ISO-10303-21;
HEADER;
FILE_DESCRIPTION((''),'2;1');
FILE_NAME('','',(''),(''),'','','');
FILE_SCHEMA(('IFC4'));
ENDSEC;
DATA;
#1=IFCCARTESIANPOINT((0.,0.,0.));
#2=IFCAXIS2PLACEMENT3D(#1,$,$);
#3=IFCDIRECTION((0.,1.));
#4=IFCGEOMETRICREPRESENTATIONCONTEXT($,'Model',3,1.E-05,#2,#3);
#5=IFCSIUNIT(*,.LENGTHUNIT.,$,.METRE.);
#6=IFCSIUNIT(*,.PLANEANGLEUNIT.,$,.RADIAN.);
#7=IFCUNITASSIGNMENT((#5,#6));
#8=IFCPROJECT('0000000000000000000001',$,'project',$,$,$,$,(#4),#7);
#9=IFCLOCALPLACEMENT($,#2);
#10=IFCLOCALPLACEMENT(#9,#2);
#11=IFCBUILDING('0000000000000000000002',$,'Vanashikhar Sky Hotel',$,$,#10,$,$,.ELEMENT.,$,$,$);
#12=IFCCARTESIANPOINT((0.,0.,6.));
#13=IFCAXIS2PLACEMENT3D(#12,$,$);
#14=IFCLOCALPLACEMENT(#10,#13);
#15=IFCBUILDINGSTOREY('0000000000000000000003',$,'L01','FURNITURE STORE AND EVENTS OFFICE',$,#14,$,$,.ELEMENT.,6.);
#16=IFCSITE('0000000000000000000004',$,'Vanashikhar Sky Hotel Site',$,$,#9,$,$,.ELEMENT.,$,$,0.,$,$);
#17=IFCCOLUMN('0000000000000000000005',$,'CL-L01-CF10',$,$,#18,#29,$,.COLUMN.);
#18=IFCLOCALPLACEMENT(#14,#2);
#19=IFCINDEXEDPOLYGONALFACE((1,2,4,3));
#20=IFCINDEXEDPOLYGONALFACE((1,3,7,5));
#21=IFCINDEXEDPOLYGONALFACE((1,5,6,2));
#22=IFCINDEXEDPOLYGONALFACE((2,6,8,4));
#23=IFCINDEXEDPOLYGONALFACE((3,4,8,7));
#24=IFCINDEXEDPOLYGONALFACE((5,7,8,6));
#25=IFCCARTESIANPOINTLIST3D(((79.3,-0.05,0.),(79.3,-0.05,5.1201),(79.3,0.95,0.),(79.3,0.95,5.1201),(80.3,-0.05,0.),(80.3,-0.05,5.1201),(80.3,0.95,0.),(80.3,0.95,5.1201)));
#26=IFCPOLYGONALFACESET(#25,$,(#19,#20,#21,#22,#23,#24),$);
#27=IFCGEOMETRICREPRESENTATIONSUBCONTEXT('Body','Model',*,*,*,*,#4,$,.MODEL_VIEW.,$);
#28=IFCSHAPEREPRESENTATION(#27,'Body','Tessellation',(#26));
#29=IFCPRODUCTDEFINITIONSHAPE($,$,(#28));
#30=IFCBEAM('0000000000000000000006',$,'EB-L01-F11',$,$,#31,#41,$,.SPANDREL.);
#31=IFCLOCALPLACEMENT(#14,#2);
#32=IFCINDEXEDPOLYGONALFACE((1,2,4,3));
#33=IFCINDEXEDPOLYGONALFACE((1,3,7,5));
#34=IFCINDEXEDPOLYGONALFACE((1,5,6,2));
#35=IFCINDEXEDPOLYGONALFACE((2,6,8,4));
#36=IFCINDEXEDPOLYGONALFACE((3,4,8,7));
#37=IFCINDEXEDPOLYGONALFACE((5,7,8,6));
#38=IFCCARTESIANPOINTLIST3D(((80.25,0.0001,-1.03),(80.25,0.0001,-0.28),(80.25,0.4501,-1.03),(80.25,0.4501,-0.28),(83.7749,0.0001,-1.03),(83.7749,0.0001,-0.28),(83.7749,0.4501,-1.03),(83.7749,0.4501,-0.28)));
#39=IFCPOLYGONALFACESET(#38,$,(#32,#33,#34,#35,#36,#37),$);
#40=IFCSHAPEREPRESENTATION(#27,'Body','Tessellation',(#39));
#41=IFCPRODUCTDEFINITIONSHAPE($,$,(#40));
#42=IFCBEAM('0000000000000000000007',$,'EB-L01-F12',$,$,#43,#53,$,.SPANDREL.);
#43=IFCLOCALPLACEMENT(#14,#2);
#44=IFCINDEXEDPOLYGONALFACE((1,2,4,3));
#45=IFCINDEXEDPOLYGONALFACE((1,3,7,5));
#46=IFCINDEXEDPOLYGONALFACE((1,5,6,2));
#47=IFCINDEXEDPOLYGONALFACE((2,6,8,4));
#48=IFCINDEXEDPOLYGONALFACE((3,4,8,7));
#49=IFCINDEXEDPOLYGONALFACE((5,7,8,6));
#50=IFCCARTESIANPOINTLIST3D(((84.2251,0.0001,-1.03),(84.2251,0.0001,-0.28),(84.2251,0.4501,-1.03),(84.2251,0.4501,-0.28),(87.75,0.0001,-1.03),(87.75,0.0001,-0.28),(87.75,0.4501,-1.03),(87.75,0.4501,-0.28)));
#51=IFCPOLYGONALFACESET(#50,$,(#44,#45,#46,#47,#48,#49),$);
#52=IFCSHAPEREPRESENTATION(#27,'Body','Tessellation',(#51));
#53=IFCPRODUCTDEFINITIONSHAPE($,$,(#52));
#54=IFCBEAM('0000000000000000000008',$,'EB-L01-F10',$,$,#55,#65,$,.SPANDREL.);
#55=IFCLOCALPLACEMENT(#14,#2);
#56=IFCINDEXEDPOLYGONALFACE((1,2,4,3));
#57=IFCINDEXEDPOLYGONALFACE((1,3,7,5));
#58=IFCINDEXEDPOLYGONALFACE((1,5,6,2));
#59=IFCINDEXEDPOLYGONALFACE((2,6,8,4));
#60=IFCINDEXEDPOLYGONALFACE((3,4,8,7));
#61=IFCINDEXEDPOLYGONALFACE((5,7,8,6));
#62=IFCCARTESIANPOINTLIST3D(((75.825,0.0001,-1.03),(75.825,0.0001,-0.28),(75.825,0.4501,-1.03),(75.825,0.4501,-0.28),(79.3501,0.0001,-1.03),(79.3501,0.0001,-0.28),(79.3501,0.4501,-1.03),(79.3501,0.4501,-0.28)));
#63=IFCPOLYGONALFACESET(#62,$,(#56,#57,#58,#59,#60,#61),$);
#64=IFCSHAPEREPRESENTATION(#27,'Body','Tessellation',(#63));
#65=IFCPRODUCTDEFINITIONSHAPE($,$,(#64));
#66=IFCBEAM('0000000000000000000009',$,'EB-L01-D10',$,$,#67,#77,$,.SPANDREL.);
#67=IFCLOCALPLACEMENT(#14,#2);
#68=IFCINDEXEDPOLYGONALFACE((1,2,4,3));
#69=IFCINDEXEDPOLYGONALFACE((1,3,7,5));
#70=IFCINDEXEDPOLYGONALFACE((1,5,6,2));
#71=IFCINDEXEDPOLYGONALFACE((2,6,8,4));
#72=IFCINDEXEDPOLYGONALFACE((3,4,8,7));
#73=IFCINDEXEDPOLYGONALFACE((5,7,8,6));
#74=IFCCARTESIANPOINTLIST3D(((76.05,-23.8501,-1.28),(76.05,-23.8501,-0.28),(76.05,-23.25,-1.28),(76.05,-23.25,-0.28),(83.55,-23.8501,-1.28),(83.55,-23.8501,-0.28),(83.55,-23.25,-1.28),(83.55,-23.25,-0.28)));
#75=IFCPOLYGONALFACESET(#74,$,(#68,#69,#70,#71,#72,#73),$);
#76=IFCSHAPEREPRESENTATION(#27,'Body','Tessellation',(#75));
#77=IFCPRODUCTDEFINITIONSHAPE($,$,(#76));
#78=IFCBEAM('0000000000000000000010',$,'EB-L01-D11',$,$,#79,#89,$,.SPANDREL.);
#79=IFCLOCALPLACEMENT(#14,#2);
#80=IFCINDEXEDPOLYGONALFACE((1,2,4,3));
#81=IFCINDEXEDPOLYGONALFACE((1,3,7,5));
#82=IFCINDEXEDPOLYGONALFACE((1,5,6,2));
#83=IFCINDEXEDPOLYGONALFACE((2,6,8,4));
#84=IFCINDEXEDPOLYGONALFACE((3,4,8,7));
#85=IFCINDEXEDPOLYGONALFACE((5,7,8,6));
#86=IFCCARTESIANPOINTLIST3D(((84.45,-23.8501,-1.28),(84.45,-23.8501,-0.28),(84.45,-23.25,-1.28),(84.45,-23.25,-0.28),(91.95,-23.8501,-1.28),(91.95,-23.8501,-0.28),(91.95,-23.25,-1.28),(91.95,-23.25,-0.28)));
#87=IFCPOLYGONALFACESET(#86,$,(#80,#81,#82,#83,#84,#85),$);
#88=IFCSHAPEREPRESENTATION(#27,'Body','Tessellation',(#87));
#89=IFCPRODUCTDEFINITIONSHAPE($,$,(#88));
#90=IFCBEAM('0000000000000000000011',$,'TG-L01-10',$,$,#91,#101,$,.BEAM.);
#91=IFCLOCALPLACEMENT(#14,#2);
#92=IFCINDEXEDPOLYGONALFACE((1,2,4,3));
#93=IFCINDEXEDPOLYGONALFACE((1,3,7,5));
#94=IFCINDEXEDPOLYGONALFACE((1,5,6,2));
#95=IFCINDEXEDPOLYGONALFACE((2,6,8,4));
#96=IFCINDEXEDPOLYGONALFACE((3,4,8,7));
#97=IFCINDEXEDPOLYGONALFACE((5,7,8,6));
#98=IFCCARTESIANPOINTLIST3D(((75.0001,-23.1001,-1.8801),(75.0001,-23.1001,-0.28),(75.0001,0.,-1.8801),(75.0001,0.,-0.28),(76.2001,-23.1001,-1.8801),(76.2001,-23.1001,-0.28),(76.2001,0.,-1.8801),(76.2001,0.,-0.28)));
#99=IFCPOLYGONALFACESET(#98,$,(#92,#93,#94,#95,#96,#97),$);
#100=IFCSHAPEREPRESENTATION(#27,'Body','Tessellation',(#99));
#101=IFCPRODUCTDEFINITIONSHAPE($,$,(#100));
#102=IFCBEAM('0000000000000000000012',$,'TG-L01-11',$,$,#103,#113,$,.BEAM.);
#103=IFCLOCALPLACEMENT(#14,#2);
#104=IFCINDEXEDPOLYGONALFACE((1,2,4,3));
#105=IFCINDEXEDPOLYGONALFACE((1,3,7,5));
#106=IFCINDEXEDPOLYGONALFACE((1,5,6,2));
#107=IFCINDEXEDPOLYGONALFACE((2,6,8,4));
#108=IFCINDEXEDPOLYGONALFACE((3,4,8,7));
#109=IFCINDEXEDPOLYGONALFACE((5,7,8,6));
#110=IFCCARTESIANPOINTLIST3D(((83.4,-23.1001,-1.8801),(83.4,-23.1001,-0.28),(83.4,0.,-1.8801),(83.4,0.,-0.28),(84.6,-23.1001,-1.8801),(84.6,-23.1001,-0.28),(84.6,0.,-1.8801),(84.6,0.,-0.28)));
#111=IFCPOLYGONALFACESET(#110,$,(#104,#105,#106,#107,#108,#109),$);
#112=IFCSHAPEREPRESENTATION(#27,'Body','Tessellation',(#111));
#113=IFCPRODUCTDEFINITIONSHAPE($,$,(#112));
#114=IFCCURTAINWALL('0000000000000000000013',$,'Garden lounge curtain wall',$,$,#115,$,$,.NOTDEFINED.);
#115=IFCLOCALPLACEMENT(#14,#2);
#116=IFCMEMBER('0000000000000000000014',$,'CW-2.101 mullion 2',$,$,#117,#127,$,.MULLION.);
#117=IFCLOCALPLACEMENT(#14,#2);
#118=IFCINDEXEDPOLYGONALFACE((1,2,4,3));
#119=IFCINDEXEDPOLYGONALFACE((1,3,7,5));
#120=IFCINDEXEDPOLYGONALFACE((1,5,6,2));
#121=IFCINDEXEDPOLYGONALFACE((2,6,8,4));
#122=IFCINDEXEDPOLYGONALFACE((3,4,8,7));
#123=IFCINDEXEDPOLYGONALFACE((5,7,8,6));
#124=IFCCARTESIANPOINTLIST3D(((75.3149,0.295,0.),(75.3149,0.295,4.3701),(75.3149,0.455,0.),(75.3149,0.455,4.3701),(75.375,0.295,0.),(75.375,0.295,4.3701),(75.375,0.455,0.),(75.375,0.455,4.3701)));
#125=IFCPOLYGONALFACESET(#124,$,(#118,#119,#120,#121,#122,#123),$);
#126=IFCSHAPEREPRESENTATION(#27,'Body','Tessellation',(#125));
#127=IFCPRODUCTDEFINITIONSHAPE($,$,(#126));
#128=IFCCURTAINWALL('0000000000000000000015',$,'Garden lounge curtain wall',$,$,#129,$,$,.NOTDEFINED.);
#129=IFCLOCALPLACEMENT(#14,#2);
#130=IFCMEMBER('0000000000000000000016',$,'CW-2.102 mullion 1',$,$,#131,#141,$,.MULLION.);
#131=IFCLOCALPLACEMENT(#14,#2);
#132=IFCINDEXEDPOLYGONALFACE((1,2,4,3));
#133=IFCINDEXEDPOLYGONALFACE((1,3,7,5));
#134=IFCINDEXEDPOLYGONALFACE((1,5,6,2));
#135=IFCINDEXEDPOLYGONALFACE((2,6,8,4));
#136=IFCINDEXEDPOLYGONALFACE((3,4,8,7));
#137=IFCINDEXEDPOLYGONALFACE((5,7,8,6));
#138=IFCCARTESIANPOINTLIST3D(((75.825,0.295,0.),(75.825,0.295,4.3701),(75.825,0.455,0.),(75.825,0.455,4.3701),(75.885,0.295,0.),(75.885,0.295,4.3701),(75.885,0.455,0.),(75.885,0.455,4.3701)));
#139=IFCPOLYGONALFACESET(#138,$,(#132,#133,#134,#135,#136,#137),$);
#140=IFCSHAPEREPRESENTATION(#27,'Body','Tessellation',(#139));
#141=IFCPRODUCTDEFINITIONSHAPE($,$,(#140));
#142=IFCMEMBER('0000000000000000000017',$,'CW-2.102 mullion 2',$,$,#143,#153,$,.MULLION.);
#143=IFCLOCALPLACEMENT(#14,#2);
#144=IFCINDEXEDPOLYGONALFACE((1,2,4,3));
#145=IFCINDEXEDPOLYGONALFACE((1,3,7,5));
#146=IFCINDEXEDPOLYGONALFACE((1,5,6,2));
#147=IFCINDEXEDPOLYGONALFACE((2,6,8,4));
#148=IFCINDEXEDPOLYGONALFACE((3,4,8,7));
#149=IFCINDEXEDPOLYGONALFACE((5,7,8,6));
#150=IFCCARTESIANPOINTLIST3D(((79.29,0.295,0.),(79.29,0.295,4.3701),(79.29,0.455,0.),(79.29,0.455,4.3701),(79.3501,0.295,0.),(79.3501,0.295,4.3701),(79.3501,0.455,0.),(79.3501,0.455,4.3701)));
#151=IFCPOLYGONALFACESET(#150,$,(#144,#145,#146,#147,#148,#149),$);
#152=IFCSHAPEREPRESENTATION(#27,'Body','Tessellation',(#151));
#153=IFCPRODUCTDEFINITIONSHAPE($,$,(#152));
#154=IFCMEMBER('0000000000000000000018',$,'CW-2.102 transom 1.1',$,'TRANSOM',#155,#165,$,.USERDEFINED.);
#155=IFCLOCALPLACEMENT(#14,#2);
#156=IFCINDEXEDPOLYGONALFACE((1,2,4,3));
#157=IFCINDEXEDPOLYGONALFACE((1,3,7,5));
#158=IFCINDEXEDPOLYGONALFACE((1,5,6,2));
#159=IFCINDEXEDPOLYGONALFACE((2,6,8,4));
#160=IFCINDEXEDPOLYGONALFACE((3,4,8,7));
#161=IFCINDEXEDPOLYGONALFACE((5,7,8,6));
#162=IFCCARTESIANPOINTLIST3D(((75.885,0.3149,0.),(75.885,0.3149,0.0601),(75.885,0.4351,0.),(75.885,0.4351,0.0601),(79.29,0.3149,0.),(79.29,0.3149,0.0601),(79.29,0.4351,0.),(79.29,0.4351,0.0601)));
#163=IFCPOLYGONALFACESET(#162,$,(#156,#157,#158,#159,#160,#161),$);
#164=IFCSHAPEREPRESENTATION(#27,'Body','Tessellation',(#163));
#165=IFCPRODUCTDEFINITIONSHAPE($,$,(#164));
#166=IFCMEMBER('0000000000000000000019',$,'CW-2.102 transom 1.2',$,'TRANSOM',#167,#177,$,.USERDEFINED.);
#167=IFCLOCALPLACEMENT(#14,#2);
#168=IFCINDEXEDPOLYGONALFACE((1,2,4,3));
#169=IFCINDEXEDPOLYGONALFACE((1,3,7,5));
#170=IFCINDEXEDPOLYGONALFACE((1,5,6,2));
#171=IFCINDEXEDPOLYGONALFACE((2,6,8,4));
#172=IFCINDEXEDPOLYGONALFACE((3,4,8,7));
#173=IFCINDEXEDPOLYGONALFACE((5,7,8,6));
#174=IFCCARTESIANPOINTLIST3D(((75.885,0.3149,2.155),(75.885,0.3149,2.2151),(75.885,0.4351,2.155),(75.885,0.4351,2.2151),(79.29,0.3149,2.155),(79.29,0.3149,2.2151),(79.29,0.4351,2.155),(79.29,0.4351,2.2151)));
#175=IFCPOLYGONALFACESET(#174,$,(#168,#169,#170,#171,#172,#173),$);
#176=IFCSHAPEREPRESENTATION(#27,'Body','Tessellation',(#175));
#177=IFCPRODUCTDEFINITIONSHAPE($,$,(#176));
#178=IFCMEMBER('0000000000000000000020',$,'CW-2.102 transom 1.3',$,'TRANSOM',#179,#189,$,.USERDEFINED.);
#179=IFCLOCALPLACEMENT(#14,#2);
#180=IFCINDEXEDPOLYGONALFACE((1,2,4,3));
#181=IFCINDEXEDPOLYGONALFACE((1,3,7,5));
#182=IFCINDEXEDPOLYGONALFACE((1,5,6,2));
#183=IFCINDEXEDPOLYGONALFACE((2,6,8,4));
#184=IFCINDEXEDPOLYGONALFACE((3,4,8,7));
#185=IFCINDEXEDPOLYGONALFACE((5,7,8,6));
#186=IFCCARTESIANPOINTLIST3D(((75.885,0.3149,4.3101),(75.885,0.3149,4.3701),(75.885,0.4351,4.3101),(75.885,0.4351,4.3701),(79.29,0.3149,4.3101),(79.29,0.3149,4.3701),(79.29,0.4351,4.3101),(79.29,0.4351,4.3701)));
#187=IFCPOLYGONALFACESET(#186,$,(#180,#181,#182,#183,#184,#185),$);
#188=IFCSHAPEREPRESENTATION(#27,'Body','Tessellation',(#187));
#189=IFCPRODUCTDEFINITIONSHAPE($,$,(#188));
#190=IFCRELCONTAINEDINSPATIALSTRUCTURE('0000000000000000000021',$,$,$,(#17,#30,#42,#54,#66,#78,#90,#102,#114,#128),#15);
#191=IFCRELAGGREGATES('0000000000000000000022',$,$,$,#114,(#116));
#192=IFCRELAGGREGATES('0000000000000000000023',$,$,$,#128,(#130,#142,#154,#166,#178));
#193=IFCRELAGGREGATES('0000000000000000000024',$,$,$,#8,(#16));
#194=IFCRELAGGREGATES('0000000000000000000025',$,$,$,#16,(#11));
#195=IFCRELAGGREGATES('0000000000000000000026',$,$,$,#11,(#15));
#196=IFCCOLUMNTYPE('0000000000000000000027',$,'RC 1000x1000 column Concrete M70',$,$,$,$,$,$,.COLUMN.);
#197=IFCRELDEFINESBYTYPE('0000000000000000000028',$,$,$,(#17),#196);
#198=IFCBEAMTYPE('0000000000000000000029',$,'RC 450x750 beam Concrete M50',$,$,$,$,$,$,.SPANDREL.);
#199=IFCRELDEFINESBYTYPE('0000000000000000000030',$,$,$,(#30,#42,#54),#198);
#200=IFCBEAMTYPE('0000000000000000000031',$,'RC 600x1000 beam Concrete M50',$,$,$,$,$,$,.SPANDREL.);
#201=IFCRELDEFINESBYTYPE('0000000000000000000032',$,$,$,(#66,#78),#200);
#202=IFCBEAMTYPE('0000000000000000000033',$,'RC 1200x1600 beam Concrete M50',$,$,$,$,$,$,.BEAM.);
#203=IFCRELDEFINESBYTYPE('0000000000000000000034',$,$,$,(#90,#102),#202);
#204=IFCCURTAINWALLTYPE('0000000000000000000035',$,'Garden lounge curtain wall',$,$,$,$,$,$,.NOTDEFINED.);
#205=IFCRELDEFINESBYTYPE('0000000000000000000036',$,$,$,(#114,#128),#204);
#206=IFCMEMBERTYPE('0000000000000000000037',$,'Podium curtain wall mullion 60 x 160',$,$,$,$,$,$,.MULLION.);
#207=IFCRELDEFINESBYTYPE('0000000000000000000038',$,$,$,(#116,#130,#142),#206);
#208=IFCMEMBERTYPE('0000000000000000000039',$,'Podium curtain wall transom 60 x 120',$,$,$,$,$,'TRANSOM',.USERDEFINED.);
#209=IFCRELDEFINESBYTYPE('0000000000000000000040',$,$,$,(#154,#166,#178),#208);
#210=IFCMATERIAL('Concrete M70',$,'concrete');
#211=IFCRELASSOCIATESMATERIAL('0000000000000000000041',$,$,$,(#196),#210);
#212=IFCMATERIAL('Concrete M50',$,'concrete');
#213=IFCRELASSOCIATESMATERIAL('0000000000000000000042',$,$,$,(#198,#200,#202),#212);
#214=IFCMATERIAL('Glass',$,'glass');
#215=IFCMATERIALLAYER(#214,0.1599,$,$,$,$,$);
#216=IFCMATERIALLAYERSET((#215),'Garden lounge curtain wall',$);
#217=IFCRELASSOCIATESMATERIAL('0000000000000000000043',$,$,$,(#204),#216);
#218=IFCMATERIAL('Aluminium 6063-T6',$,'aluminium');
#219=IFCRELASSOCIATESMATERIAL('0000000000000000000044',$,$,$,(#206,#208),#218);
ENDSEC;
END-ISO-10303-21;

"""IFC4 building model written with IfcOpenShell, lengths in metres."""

from ifc_helpers import new_model, si_unit, direction, frame, origin, origin_2d, place, context, subcontext, project, spatial, rectangle, extrude, source, transform, mapped, material, layer, layer_set, material_profile, profile_set, type_object, element, aggregate, save


model = new_model("IFC4")

# Units and contexts
model_context = context("Model", 3, precision=1e-05, world=origin(), true_north=direction((0.0, 1.0)))
body_context = subcontext(model_context, "Body", "Model", "MODEL_VIEW")
ifc_project = project(units=[si_unit("LENGTHUNIT", "METRE"), si_unit("PLANEANGLEUNIT", "RADIAN")], contexts=[model_context])

# Site, building, storey
site_placement = place(None, origin())
site = spatial("IfcSite", under=ifc_project, at=site_placement, Name="Vanashikhar Sky Hotel Site", CompositionType="ELEMENT", RefElevation=0.0)
building_placement = place(site_placement, origin())
building = spatial("IfcBuilding", under=site, at=building_placement, Name="Vanashikhar Sky Hotel", CompositionType="ELEMENT")
storey_placement = place(building_placement, frame((0.0, 0.0, 6.0)))
storey = spatial("IfcBuildingStorey", under=building, at=storey_placement, Name="L01", Description="FURNITURE STORE AND EVENTS OFFICE", CompositionType="ELEMENT", Elevation=6.0)

# Column
ifc_material_1 = material(Name="Concrete M70", Category="concrete")
ifc_material_profile_1 = material_profile(ifc_material_1, rectangle(XDim=1.0, YDim=1.0, at=origin_2d()))
ifc_profile_set_1 = profile_set([ifc_material_profile_1], Name="RC 1000x1000 column Concrete M70")
column_type = type_object("IfcColumnType", Name="RC 1000x1000 column Concrete M70", PredefinedType="COLUMN", material=ifc_profile_set_1)
shared_shape_1 = source(origin(), body_context, "Body", "SweptSolid", [
    extrude(rectangle(XDim=1.0, YDim=1.0, at=origin_2d()), origin(), (0.0, 0.0, 1.0), 5.1201),
])
column_placement = place(storey_placement, frame((79.8, 0.45, 0.0), z_axis=(0.0, 0.0, 1.0), x_axis=(1.0, 0.0, 0.0)))
element("IfcColumn", 1, at=column_placement, inside=storey, type_object=column_type, Name="CL-L01-CF10", PredefinedType="COLUMN", context=body_context, shape_type="MappedRepresentation", body=[
    mapped(shared_shape_1, transform((0.0, 0.0, 0.0), scale=1.0)),
])

# Beams
ifc_material_2 = material(Name="Concrete M50", Category="concrete")
ifc_material_profile_2 = material_profile(ifc_material_2, rectangle(XDim=0.45, YDim=0.75, at=origin_2d()))
ifc_profile_set_2 = profile_set([ifc_material_profile_2], Name="RC 450x750 beam Concrete M50")
beam_type_1 = type_object("IfcBeamType", Name="RC 450x750 beam Concrete M50", PredefinedType="SPANDREL", material=ifc_profile_set_2)
shared_shape_2 = source(origin(), body_context, "Body", "SweptSolid", [
    extrude(rectangle(XDim=0.45, YDim=0.75, at=origin_2d()), origin(), (0.0, 0.0, 1.0), 3.5249),
])
for number, where, z_axis, x_axis, name in (
    (2, (80.25, 0.2251, -0.655), (1.0, 0.0, 0.0), (0.0, 1.0, 0.0), "EB-L01-F11"),
    (3, (84.2251, 0.2251, -0.655), (1.0, 0.0, 0.0), (0.0, 1.0, 0.0), "EB-L01-F12"),
):
    element("IfcBeam", number, at=place(storey_placement, frame(where, z_axis=z_axis, x_axis=x_axis)), inside=storey, type_object=beam_type_1, Name=name, PredefinedType="SPANDREL", context=body_context, shape_type="MappedRepresentation", body=[
        mapped(shared_shape_2, transform((0.0, 0.0, 0.0), scale=1.0)),
    ])
shared_shape_3 = source(origin(), body_context, "Body", "SweptSolid", [
    extrude(rectangle(XDim=0.45, YDim=0.75, at=origin_2d()), origin(), (0.0, 0.0, 1.0), 3.5251),
])
beam_placement = place(storey_placement, frame((75.825, 0.2251, -0.655), z_axis=(1.0, 0.0, 0.0), x_axis=(0.0, 1.0, 0.0)))
element("IfcBeam", 4, at=beam_placement, inside=storey, type_object=beam_type_1, Name="EB-L01-F10", PredefinedType="SPANDREL", context=body_context, shape_type="MappedRepresentation", body=[
    mapped(shared_shape_3, transform((0.0, 0.0, 0.0), scale=1.0)),
])
ifc_material_profile_3 = material_profile(ifc_material_2, rectangle(XDim=0.6001, YDim=1.0, at=origin_2d()))
ifc_profile_set_3 = profile_set([ifc_material_profile_3], Name="RC 600x1000 beam Concrete M50")
beam_type_2 = type_object("IfcBeamType", Name="RC 600x1000 beam Concrete M50", PredefinedType="SPANDREL", material=ifc_profile_set_3)
shared_shape_4 = source(origin(), body_context, "Body", "SweptSolid", [
    extrude(rectangle(XDim=0.6001, YDim=1.0, at=origin_2d()), origin(), (0.0, 0.0, 1.0), 7.5),
])
for number, where, z_axis, x_axis, name in (
    (5, (76.05, -23.55, -0.78), (1.0, 0.0, 0.0), (0.0, 1.0, 0.0), "EB-L01-D10"),
    (6, (84.45, -23.55, -0.78), (1.0, 0.0, 0.0), (0.0, 1.0, 0.0), "EB-L01-D11"),
):
    element("IfcBeam", number, at=place(storey_placement, frame(where, z_axis=z_axis, x_axis=x_axis)), inside=storey, type_object=beam_type_2, Name=name, PredefinedType="SPANDREL", context=body_context, shape_type="MappedRepresentation", body=[
        mapped(shared_shape_4, transform((0.0, 0.0, 0.0), scale=1.0)),
    ])
ifc_material_profile_4 = material_profile(ifc_material_2, rectangle(XDim=1.2, YDim=1.6001, at=origin_2d()))
ifc_profile_set_4 = profile_set([ifc_material_profile_4], Name="RC 1200x1600 beam Concrete M50")
beam_type_3 = type_object("IfcBeamType", Name="RC 1200x1600 beam Concrete M50", PredefinedType="BEAM", material=ifc_profile_set_4)
shared_shape_5 = source(origin(), body_context, "Body", "SweptSolid", [
    extrude(rectangle(XDim=1.2, YDim=1.6001, at=origin_2d()), origin(), (0.0, 0.0, 1.0), 23.1001),
])
for number, where, z_axis, x_axis, name in (
    (7, (75.6001, -23.1001, -1.0801), (0.0, 1.0, 0.0), (-1.0, 0.0, 0.0), "TG-L01-10"),
    (8, (84.0, -23.1001, -1.0801), (0.0, 1.0, 0.0), (-1.0, 0.0, 0.0), "TG-L01-11"),
):
    element("IfcBeam", number, at=place(storey_placement, frame(where, z_axis=z_axis, x_axis=x_axis)), inside=storey, type_object=beam_type_3, Name=name, PredefinedType="BEAM", context=body_context, shape_type="MappedRepresentation", body=[
        mapped(shared_shape_5, transform((0.0, 0.0, 0.0), scale=1.0)),
    ])

# Curtain wall, member
ifc_material_3 = material(Name="Glass", Category="glass")
ifc_layer_1 = layer(ifc_material_3, 0.1599)
ifc_layer_set_1 = layer_set([ifc_layer_1], Name="Garden lounge curtain wall")
curtain_wall_type = type_object("IfcCurtainWallType", Name="Garden lounge curtain wall", PredefinedType="NOTDEFINED", material=ifc_layer_set_1)
curtain_wall_1_placement = place(storey_placement, origin())
curtain_wall_1 = element("IfcCurtainWall", 9, at=curtain_wall_1_placement, inside=storey, type_object=curtain_wall_type, Name="Garden lounge curtain wall", PredefinedType="NOTDEFINED")
ifc_material_4 = material(Name="Aluminium 6063-T6", Category="aluminium")
ifc_material_profile_5 = material_profile(ifc_material_4, rectangle(XDim=0.1599, YDim=0.0601, at=origin_2d()))
ifc_profile_set_5 = profile_set([ifc_material_profile_5], Name="Aluminium 6063-T6")
member_type_1 = type_object("IfcMemberType", Name="Podium curtain wall mullion 60 x 160", PredefinedType="MULLION", material=ifc_profile_set_5)
shared_shape_6 = source(origin(), body_context, "Body", "SweptSolid", [
    extrude(rectangle(XDim=0.1599, YDim=0.0601, at=origin_2d()), origin(), (0.0, 0.0, 1.0), 4.3701),
])
member_1_placement = place(storey_placement, frame((75.345, 0.375, 0.0), z_axis=(0.0, 0.0, 1.0), x_axis=(0.0, 1.0, 0.0)))
member_1 = element("IfcMember", 10, at=member_1_placement, type_object=member_type_1, Name="CW-2.101 mullion 2", PredefinedType="MULLION", context=body_context, shape_type="MappedRepresentation", body=[
    mapped(shared_shape_6, transform((0.0, 0.0, 0.0), scale=1.0)),
])

# Curtain wall, members
curtain_wall_2_placement = place(storey_placement, origin())
curtain_wall_2 = element("IfcCurtainWall", 11, at=curtain_wall_2_placement, inside=storey, type_object=curtain_wall_type, Name="Garden lounge curtain wall", PredefinedType="NOTDEFINED")
member_2_placement = place(storey_placement, frame((75.855, 0.375, 0.0), z_axis=(0.0, 0.0, 1.0), x_axis=(0.0, 1.0, 0.0)))
member_2 = element("IfcMember", 12, at=member_2_placement, type_object=member_type_1, Name="CW-2.102 mullion 1", PredefinedType="MULLION", context=body_context, shape_type="MappedRepresentation", body=[
    mapped(shared_shape_6, transform((0.0, 0.0, 0.0), scale=1.0)),
])
member_3_placement = place(storey_placement, frame((79.3201, 0.375, 0.0), z_axis=(0.0, 0.0, 1.0), x_axis=(0.0, 1.0, 0.0)))
member_3 = element("IfcMember", 13, at=member_3_placement, type_object=member_type_1, Name="CW-2.102 mullion 2", PredefinedType="MULLION", context=body_context, shape_type="MappedRepresentation", body=[
    mapped(shared_shape_6, transform((0.0, 0.0, 0.0), scale=1.0)),
])
ifc_material_profile_6 = material_profile(ifc_material_4, rectangle(XDim=0.1201, YDim=0.0601, at=origin_2d()))
ifc_profile_set_6 = profile_set([ifc_material_profile_6], Name="Aluminium 6063-T6")
member_type_2 = type_object("IfcMemberType", Name="Podium curtain wall transom 60 x 120", ElementType="TRANSOM", PredefinedType="USERDEFINED", material=ifc_profile_set_6)
shared_shape_7 = source(origin(), body_context, "Body", "SweptSolid", [
    extrude(rectangle(XDim=0.1201, YDim=0.0601, at=origin_2d()), origin(), (0.0, 0.0, 1.0), 3.405),
])
member_4_placement = place(storey_placement, frame((75.885, 0.375, 0.03), z_axis=(1.0, 0.0, 0.0), x_axis=(0.0, 1.0, 0.0)))
member_4 = element("IfcMember", 14, at=member_4_placement, type_object=member_type_2, Name="CW-2.102 transom 1.1", ObjectType="TRANSOM", PredefinedType="USERDEFINED", context=body_context, shape_type="MappedRepresentation", body=[
    mapped(shared_shape_7, transform((0.0, 0.0, 0.0), scale=1.0)),
])
member_5_placement = place(storey_placement, frame((75.885, 0.375, 2.1851), z_axis=(1.0, 0.0, 0.0), x_axis=(0.0, 1.0, 0.0)))
member_5 = element("IfcMember", 15, at=member_5_placement, type_object=member_type_2, Name="CW-2.102 transom 1.2", ObjectType="TRANSOM", PredefinedType="USERDEFINED", context=body_context, shape_type="MappedRepresentation", body=[
    mapped(shared_shape_7, transform((0.0, 0.0, 0.0), scale=1.0)),
])
member_6_placement = place(storey_placement, frame((75.885, 0.375, 4.3401), z_axis=(1.0, 0.0, 0.0), x_axis=(0.0, 1.0, 0.0)))
member_6 = element("IfcMember", 16, at=member_6_placement, type_object=member_type_2, Name="CW-2.102 transom 1.3", ObjectType="TRANSOM", PredefinedType="USERDEFINED", context=body_context, shape_type="MappedRepresentation", body=[
    mapped(shared_shape_7, transform((0.0, 0.0, 0.0), scale=1.0)),
])

aggregate(curtain_wall_1, [member_1])
aggregate(curtain_wall_2, [member_2, member_3, member_4, member_5, member_6])

save(model, "model.ifc")
